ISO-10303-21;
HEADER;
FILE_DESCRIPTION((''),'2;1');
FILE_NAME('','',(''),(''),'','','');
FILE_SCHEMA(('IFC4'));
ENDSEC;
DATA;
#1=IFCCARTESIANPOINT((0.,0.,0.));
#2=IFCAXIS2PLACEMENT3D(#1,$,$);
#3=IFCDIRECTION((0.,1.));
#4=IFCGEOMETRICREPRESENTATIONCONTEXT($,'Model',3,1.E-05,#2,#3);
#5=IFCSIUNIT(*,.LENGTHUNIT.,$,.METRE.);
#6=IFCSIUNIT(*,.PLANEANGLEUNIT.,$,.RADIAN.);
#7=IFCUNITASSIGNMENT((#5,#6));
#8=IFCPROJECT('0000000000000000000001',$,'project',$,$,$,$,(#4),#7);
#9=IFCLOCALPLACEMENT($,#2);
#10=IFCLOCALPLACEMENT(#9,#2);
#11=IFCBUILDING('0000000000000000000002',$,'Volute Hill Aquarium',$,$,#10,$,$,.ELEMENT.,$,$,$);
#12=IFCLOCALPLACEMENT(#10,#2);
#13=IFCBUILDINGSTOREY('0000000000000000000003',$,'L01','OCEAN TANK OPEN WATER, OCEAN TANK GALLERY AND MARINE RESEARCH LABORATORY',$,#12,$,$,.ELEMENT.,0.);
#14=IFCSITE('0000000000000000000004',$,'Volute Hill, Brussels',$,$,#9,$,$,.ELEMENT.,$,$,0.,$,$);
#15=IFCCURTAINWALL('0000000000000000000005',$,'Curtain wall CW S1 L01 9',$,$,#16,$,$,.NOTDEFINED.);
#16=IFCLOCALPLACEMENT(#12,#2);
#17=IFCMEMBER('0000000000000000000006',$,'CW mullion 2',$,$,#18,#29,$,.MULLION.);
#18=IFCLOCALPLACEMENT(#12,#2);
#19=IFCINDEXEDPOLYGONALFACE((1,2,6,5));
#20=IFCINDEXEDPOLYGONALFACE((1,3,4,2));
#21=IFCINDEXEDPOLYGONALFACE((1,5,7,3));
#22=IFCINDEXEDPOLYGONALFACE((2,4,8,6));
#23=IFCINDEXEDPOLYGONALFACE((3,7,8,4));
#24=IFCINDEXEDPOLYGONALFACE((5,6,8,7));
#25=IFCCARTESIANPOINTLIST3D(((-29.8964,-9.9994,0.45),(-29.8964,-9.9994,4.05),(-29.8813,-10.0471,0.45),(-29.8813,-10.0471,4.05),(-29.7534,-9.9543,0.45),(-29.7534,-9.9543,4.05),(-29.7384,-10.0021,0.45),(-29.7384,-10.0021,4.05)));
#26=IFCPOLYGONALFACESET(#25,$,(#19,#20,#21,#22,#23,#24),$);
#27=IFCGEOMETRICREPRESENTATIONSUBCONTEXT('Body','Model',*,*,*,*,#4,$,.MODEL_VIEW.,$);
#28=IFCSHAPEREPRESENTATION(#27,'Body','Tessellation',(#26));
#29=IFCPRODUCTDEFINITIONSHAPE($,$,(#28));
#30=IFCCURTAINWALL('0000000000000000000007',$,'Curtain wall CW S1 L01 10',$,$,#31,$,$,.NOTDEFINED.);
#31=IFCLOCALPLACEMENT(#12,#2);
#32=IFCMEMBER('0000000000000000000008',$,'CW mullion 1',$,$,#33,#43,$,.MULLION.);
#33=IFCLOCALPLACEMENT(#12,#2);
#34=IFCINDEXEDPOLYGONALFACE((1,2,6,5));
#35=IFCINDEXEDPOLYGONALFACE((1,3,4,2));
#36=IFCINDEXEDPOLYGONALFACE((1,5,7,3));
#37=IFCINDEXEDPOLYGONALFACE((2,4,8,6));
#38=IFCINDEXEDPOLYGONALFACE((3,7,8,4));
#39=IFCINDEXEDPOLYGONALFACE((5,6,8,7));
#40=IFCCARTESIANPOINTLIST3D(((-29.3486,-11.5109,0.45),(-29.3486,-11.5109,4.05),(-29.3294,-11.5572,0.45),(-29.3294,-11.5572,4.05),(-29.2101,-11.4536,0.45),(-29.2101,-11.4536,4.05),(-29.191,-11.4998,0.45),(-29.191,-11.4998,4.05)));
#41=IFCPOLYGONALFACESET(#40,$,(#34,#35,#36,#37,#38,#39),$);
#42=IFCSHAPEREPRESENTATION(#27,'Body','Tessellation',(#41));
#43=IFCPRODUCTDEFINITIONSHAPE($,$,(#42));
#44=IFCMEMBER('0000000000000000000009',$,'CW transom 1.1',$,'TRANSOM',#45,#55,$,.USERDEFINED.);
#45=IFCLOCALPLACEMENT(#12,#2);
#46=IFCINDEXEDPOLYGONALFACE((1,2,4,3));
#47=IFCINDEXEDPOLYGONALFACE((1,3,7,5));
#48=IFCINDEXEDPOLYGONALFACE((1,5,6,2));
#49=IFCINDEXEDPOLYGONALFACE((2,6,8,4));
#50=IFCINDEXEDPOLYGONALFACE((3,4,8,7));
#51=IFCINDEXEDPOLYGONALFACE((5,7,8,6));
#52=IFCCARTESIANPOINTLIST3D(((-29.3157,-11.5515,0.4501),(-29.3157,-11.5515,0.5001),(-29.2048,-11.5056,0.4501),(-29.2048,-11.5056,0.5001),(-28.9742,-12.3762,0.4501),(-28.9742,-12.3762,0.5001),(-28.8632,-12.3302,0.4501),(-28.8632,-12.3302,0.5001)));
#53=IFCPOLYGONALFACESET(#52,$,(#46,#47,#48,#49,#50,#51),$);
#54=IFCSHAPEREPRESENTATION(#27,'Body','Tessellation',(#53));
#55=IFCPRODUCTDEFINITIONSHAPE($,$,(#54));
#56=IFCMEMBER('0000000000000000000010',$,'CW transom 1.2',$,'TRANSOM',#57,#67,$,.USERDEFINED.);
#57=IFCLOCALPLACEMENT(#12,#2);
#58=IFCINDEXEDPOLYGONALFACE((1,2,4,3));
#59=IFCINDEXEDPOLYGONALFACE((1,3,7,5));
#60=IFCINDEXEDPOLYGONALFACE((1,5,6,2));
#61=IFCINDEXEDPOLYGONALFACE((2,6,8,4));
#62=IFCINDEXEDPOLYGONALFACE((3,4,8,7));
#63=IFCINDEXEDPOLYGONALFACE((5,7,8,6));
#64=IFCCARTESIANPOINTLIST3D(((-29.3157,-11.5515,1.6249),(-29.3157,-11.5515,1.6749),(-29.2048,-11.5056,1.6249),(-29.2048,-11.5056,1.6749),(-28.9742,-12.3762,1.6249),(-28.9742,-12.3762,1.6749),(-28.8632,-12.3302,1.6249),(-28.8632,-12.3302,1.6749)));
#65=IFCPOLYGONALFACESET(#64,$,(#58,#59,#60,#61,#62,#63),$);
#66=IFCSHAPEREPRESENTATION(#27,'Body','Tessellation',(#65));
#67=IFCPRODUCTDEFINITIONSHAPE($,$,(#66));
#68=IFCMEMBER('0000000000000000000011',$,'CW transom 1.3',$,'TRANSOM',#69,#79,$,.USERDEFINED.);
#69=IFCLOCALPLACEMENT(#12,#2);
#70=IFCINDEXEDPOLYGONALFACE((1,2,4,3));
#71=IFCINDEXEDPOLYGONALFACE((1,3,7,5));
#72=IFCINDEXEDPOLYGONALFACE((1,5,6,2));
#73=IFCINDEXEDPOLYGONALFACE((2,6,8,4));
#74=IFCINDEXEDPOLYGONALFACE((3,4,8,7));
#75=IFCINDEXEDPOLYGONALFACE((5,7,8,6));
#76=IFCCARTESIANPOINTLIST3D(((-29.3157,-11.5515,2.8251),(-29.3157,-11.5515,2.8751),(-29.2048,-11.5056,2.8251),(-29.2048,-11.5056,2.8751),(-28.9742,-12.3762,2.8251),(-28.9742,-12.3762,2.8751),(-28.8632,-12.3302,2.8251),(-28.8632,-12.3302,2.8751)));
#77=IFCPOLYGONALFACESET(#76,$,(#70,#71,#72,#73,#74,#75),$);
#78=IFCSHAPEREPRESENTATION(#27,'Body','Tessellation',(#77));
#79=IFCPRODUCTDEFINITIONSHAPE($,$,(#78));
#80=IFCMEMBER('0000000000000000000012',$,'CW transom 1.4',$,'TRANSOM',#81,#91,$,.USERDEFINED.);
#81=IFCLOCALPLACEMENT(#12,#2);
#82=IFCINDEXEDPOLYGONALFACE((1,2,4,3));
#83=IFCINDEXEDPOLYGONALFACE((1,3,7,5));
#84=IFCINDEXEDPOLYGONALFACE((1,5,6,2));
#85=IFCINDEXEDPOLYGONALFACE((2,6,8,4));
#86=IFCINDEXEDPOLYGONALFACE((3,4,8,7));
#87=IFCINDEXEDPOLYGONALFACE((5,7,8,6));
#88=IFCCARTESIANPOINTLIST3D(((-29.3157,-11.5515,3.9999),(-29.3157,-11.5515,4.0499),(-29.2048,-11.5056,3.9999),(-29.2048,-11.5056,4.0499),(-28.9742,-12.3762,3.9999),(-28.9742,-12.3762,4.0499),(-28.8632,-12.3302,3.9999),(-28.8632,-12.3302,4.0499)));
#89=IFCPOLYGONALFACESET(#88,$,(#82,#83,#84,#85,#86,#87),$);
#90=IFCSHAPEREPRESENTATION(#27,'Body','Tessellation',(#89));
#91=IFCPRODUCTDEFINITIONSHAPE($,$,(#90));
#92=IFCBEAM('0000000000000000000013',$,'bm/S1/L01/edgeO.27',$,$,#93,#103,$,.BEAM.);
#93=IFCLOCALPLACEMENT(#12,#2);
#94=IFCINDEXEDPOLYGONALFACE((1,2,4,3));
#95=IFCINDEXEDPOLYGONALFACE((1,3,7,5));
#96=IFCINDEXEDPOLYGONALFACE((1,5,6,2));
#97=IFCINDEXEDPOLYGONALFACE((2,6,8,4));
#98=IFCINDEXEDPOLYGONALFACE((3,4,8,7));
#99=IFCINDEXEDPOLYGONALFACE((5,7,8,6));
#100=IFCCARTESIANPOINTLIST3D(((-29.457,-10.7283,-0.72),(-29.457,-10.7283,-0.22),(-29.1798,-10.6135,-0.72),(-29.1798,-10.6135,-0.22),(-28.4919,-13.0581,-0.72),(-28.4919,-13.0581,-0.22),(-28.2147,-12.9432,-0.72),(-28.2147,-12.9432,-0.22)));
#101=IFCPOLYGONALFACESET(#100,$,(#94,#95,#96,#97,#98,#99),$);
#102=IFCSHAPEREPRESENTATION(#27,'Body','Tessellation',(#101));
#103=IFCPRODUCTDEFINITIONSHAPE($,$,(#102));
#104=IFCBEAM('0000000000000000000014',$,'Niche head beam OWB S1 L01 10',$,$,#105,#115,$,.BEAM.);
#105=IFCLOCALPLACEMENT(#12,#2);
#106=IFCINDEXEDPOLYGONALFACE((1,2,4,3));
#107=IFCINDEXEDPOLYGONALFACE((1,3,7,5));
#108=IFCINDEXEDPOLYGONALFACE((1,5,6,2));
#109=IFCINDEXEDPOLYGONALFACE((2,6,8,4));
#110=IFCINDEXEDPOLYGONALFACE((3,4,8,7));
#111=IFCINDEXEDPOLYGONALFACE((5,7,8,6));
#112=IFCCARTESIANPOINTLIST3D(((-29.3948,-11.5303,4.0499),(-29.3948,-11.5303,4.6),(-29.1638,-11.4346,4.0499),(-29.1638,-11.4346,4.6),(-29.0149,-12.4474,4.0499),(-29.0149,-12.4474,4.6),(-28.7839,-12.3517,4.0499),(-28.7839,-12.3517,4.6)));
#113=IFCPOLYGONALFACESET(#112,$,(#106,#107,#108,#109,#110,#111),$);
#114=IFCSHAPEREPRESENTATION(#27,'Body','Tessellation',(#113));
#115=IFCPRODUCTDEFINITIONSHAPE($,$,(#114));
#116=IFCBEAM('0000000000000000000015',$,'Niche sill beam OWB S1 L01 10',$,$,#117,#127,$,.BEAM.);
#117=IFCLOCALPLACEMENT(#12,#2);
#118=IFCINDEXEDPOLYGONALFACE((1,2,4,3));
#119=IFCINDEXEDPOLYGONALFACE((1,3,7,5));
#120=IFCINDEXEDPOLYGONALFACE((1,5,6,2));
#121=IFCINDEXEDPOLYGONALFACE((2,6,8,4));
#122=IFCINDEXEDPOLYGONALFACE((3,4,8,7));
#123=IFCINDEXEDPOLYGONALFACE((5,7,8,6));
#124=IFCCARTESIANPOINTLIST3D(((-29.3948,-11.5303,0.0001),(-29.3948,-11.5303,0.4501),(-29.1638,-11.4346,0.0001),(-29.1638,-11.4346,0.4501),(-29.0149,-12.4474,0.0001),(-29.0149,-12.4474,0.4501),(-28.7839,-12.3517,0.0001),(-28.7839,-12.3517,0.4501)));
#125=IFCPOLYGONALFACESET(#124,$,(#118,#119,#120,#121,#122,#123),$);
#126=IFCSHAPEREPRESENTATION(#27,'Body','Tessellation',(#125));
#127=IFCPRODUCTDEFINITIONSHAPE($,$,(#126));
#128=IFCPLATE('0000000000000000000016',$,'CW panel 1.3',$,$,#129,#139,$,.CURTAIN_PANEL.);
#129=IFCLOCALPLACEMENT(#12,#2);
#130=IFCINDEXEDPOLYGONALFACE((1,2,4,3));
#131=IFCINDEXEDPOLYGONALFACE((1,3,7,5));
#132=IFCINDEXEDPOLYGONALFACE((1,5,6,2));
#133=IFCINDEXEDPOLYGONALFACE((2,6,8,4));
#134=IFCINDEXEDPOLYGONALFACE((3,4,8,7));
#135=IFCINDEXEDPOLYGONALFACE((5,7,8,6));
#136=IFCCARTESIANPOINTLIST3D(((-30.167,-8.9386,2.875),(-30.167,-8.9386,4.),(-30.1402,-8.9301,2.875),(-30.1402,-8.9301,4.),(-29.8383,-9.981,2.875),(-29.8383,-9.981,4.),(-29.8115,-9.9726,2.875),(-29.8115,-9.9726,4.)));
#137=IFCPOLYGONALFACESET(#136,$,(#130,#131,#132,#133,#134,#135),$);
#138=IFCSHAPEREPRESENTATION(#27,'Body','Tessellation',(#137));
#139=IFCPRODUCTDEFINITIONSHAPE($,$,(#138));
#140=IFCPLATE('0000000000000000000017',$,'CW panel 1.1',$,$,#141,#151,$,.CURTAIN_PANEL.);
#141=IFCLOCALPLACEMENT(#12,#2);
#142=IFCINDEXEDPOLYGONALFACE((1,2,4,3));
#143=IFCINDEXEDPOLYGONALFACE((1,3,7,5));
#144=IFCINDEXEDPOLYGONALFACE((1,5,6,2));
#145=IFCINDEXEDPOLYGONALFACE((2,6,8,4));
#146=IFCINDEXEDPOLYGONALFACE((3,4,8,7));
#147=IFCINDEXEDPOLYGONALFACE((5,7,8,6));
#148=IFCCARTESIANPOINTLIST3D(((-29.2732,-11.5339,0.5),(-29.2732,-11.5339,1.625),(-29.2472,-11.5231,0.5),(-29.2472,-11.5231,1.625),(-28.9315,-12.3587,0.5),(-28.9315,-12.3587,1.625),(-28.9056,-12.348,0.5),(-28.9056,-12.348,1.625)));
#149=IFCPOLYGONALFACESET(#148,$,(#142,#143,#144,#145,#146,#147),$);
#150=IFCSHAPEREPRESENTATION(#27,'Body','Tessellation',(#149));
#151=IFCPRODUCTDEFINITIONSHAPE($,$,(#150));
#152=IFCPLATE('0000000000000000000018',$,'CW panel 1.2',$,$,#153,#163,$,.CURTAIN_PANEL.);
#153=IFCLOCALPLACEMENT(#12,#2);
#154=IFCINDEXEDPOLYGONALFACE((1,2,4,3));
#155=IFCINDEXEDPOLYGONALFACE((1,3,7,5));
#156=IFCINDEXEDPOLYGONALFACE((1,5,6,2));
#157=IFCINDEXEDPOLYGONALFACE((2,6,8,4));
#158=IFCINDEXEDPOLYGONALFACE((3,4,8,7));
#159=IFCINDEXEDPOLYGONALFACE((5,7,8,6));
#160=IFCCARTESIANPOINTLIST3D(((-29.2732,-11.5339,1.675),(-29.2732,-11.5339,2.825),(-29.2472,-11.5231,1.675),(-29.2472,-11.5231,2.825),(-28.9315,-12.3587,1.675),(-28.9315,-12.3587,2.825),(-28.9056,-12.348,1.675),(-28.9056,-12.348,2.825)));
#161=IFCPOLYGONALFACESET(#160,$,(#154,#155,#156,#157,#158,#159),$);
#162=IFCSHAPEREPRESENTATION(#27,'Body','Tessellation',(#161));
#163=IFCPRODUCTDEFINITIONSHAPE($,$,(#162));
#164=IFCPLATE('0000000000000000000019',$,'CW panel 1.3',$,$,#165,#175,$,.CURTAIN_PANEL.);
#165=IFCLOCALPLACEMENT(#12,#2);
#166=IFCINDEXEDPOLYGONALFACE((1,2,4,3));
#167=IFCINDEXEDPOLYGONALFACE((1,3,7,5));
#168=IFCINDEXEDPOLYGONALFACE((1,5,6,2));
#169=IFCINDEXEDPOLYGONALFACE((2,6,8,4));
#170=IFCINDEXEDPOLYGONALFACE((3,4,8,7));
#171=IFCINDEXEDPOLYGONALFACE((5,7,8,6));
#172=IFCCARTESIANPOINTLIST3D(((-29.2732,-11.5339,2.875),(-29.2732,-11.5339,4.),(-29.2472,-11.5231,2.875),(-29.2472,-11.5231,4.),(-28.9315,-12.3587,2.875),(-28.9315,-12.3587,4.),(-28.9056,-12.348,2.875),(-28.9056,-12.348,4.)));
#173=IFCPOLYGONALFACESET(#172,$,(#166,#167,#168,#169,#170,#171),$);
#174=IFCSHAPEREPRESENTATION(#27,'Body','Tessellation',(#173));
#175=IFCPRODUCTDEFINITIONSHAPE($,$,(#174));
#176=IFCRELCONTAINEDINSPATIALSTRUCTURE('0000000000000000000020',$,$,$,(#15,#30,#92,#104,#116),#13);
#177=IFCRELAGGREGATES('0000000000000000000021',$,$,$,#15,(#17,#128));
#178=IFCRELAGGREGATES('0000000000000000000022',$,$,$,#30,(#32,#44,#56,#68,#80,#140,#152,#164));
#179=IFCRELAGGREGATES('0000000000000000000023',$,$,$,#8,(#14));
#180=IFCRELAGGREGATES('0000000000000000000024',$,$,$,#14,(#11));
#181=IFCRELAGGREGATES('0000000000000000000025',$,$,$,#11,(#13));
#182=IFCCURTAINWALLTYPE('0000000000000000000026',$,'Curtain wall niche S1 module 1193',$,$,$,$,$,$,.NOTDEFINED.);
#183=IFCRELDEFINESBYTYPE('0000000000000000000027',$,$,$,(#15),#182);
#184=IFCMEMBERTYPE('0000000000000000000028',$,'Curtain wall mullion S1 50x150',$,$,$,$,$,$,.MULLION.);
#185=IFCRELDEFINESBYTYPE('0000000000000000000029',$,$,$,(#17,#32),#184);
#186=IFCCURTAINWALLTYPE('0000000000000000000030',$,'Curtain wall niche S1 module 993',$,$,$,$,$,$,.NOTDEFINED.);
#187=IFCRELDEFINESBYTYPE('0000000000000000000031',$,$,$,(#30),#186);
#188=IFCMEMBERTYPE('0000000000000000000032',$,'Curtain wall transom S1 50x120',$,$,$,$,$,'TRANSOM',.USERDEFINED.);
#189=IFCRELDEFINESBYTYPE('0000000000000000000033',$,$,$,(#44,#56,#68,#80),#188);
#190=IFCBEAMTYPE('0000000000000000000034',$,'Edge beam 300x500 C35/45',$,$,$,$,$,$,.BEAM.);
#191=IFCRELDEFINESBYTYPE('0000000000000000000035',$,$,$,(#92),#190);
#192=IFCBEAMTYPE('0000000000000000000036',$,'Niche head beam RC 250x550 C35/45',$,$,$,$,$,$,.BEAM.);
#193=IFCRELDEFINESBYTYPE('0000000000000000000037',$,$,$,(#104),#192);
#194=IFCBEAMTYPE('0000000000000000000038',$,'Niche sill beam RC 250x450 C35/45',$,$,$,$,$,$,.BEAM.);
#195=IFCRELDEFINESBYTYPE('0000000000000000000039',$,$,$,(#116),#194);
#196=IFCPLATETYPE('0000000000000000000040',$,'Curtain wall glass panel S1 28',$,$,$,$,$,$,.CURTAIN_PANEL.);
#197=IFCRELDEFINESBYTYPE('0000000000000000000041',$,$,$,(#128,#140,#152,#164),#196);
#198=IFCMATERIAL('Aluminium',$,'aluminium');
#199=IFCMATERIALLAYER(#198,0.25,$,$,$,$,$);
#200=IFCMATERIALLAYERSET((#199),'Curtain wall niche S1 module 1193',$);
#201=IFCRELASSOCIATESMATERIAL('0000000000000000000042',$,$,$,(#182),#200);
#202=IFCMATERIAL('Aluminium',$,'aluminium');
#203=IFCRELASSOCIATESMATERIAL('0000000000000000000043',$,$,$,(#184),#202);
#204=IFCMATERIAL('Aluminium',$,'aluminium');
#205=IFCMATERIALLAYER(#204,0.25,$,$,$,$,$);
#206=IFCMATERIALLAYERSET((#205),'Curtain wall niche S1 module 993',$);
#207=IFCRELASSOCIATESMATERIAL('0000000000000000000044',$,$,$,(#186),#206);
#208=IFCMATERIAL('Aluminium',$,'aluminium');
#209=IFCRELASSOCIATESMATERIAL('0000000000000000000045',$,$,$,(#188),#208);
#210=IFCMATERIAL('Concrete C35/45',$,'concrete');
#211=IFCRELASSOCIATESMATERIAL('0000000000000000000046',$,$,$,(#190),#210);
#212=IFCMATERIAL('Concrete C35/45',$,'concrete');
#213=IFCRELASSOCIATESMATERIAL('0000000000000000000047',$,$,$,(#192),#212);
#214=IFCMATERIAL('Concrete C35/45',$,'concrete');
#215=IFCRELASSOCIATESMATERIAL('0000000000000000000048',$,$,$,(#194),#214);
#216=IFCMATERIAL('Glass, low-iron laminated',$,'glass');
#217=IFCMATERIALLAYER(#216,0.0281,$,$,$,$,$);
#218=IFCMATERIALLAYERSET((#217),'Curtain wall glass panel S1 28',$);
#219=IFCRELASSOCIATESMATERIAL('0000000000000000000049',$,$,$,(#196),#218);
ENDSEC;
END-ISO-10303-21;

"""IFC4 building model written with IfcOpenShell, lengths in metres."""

from ifc_helpers import new_model, si_unit, direction, frame, origin, origin_2d, place, context, subcontext, project, spatial, rectangle, extrude, material, layer, layer_set, material_profile, profile_set, type_object, element, aggregate, save


model = new_model("IFC4")

# Units and contexts
model_context = context("Model", 3, precision=1e-05, world=origin(), true_north=direction((0.0, 1.0)))
body_context = subcontext(model_context, "Body", "Model", "MODEL_VIEW")
ifc_project = project(units=[si_unit("LENGTHUNIT", "METRE"), si_unit("PLANEANGLEUNIT", "RADIAN")], contexts=[model_context])

# Site, building, storey
site_placement = place(None, origin())
site = spatial("IfcSite", under=ifc_project, at=site_placement, Name="Volute Hill, Brussels", CompositionType="ELEMENT", RefElevation=0.0)
building_placement = place(site_placement, origin())
building = spatial("IfcBuilding", under=site, at=building_placement, Name="Volute Hill Aquarium", CompositionType="ELEMENT")
storey_placement = place(building_placement, origin())
storey = spatial("IfcBuildingStorey", under=building, at=storey_placement, Name="L01", Description="OCEAN TANK OPEN WATER, OCEAN TANK GALLERY AND MARINE RESEARCH LABORATORY", CompositionType="ELEMENT", Elevation=0.0)

# Curtain wall, member
ifc_material_1 = material(Name="Aluminium", Category="aluminium")
ifc_layer_1 = layer(ifc_material_1, 0.25)
ifc_layer_set_1 = layer_set([ifc_layer_1], Name="Curtain wall niche S1 module 1193")
curtain_wall_type_1 = type_object("IfcCurtainWallType", Name="Curtain wall niche S1 module 1193", PredefinedType="NOTDEFINED", material=ifc_layer_set_1)
curtain_wall_1_placement = place(storey_placement, origin())
curtain_wall_1 = element("IfcCurtainWall", 1, at=curtain_wall_1_placement, inside=storey, type_object=curtain_wall_type_1, Name="Curtain wall CW S1 L01 9", PredefinedType="NOTDEFINED")
ifc_material_2 = material(Name="Aluminium", Category="aluminium")
ifc_material_profile_1 = material_profile(ifc_material_2, rectangle(XDim=0.1499, YDim=0.05, at=origin_2d()), Name="Curtain wall mullion S1 50x150")
ifc_profile_set_1 = profile_set([ifc_material_profile_1], Name="Aluminium")
member_type_1 = type_object("IfcMemberType", Name="Curtain wall mullion S1 50x150", PredefinedType="MULLION", material=ifc_profile_set_1)
member_1_placement = place(storey_placement, frame((-29.8174, -10.0007, 0.45), z_axis=(0.0, 0.0, 1.0), x_axis=(0.953719, 0.3007, 0.0)))
member_1 = element("IfcMember", 2, at=member_1_placement, type_object=member_type_1, Name="CW mullion 2", PredefinedType="MULLION", context=body_context, shape_type="SweptSolid", body=[
    extrude(rectangle(XDim=0.1499, YDim=0.05, at=origin_2d()), origin(), (0.0, 0.0, 1.0), 3.6001),
])

# Curtain wall, members
ifc_material_3 = material(Name="Aluminium", Category="aluminium")
ifc_layer_2 = layer(ifc_material_3, 0.25)
ifc_layer_set_2 = layer_set([ifc_layer_2], Name="Curtain wall niche S1 module 993")
curtain_wall_type_2 = type_object("IfcCurtainWallType", Name="Curtain wall niche S1 module 993", PredefinedType="NOTDEFINED", material=ifc_layer_set_2)
curtain_wall_2_placement = place(storey_placement, origin())
curtain_wall_2 = element("IfcCurtainWall", 3, at=curtain_wall_2_placement, inside=storey, type_object=curtain_wall_type_2, Name="Curtain wall CW S1 L01 10", PredefinedType="NOTDEFINED")
member_2_placement = place(storey_placement, frame((-29.2698, -11.5054, 0.45), z_axis=(0.0, 0.0, 1.0), x_axis=(0.923885, 0.38267, 0.0)))
member_2 = element("IfcMember", 4, at=member_2_placement, type_object=member_type_1, Name="CW mullion 1", PredefinedType="MULLION", context=body_context, shape_type="SweptSolid", body=[
    extrude(rectangle(XDim=0.1499, YDim=0.05, at=origin_2d()), origin(), (0.0, 0.0, 1.0), 3.6001),
])
ifc_material_4 = material(Name="Aluminium", Category="aluminium")
ifc_material_profile_2 = material_profile(ifc_material_4, rectangle(XDim=0.1201, YDim=0.05, at=origin_2d()), Name="Curtain wall transom S1 50x120")
ifc_profile_set_2 = profile_set([ifc_material_profile_2], Name="Aluminium")
member_type_2 = type_object("IfcMemberType", Name="Curtain wall transom S1 50x120", ElementType="TRANSOM", PredefinedType="USERDEFINED", material=ifc_profile_set_2)
member_3_placement = place(storey_placement, frame((-29.2603, -11.5286, 0.4751), z_axis=(0.382634, -0.9239, 0.0), x_axis=(0.9239, 0.382634, 0.0)))
member_3 = element("IfcMember", 5, at=member_3_placement, type_object=member_type_2, Name="CW transom 1.1", ObjectType="TRANSOM", PredefinedType="USERDEFINED", context=body_context, shape_type="SweptSolid", body=[
    extrude(rectangle(XDim=0.1201, YDim=0.05, at=origin_2d()), origin(), (0.0, 0.0, 1.0), 0.8926),
])
member_4_placement = place(storey_placement, frame((-29.2603, -11.5286, 1.6499), z_axis=(0.382634, -0.9239, 0.0), x_axis=(0.9239, 0.382634, 0.0)))
member_4 = element("IfcMember", 6, at=member_4_placement, type_object=member_type_2, Name="CW transom 1.2", ObjectType="TRANSOM", PredefinedType="USERDEFINED", context=body_context, shape_type="SweptSolid", body=[
    extrude(rectangle(XDim=0.1201, YDim=0.05, at=origin_2d()), origin(), (0.0, 0.0, 1.0), 0.8926),
])
member_5_placement = place(storey_placement, frame((-29.2603, -11.5286, 2.8501), z_axis=(0.382634, -0.9239, 0.0), x_axis=(0.9239, 0.382634, 0.0)))
member_5 = element("IfcMember", 7, at=member_5_placement, type_object=member_type_2, Name="CW transom 1.3", ObjectType="TRANSOM", PredefinedType="USERDEFINED", context=body_context, shape_type="SweptSolid", body=[
    extrude(rectangle(XDim=0.1201, YDim=0.05, at=origin_2d()), origin(), (0.0, 0.0, 1.0), 0.8926),
])
member_6_placement = place(storey_placement, frame((-29.2603, -11.5286, 4.0249), z_axis=(0.382634, -0.9239, 0.0), x_axis=(0.9239, 0.382634, 0.0)))
member_6 = element("IfcMember", 8, at=member_6_placement, type_object=member_type_2, Name="CW transom 1.4", ObjectType="TRANSOM", PredefinedType="USERDEFINED", context=body_context, shape_type="SweptSolid", body=[
    extrude(rectangle(XDim=0.1201, YDim=0.05, at=origin_2d()), origin(), (0.0, 0.0, 1.0), 0.8926),
])

# Beams
ifc_material_5 = material(Name="Concrete C35/45", Category="concrete")
ifc_material_profile_3 = material_profile(ifc_material_5, rectangle(XDim=0.3, YDim=0.5, at=origin_2d()), Name="RC edge beam 300x500")
ifc_profile_set_3 = profile_set([ifc_material_profile_3], Name="Concrete C35/45")
beam_type_1 = type_object("IfcBeamType", Name="Edge beam 300x500 C35/45", PredefinedType="BEAM", material=ifc_profile_set_3)
beam_1_placement = place(storey_placement, frame((-29.3184, -10.6709, -0.47), z_axis=(0.382697, -0.923874, 0.0), x_axis=(0.923874, 0.382697, 0.0)))
element("IfcBeam", 9, at=beam_1_placement, inside=storey, type_object=beam_type_1, Name="bm/S1/L01/edgeO.27", PredefinedType="BEAM", context=body_context, shape_type="SweptSolid", body=[
    extrude(rectangle(XDim=0.3, YDim=0.5, at=origin_2d()), origin(), (0.0, 0.0, 1.0), 2.5217),
])
ifc_material_6 = material(Name="Concrete C35/45", Category="concrete")
ifc_material_profile_4 = material_profile(ifc_material_6, rectangle(XDim=0.25, YDim=0.55, at=origin_2d()), Name="RC beam 250x550")
ifc_profile_set_4 = profile_set([ifc_material_profile_4], Name="Concrete C35/45")
beam_type_2 = type_object("IfcBeamType", Name="Niche head beam RC 250x550 C35/45", PredefinedType="BEAM", material=ifc_profile_set_4)
beam_2_placement = place(storey_placement, frame((-29.2793, -11.4824, 4.325), z_axis=(0.382728, -0.923861, 0.0), x_axis=(0.923861, 0.382728, 0.0)))
element("IfcBeam", 10, at=beam_2_placement, inside=storey, type_object=beam_type_2, Name="Niche head beam OWB S1 L01 10", PredefinedType="BEAM", context=body_context, shape_type="SweptSolid", body=[
    extrude(rectangle(XDim=0.25, YDim=0.55, at=origin_2d()), origin(), (0.0, 0.0, 1.0), 0.9927),
])
ifc_material_7 = material(Name="Concrete C35/45", Category="concrete")
ifc_material_profile_5 = material_profile(ifc_material_7, rectangle(XDim=0.25, YDim=0.45, at=origin_2d()), Name="RC beam 250x450")
ifc_profile_set_5 = profile_set([ifc_material_profile_5], Name="Concrete C35/45")
beam_type_3 = type_object("IfcBeamType", Name="Niche sill beam RC 250x450 C35/45", PredefinedType="BEAM", material=ifc_profile_set_5)
beam_3_placement = place(storey_placement, frame((-29.2793, -11.4824, 0.2251), z_axis=(0.382728, -0.923861, 0.0), x_axis=(0.923861, 0.382728, 0.0)))
element("IfcBeam", 11, at=beam_3_placement, inside=storey, type_object=beam_type_3, Name="Niche sill beam OWB S1 L01 10", PredefinedType="BEAM", context=body_context, shape_type="SweptSolid", body=[
    extrude(rectangle(XDim=0.25, YDim=0.45, at=origin_2d()), origin(), (0.0, 0.0, 1.0), 0.9927),
])

# Plates
ifc_material_8 = material(Name="Glass, low-iron laminated", Category="glass")
ifc_layer_3 = layer(ifc_material_8, 0.0281)
ifc_layer_set_3 = layer_set([ifc_layer_3], Name="Curtain wall glass panel S1 28")
plate_type = type_object("IfcPlateType", Name="Curtain wall glass panel S1 28", PredefinedType="CURTAIN_PANEL", material=ifc_layer_set_3)
plate_1_placement = place(storey_placement, frame((-29.9893, -9.4556, 2.875), z_axis=(0.0, 0.0, 1.0), x_axis=(0.3007, -0.953719, 0.0)))
plate_1 = element("IfcPlate", 12, at=plate_1_placement, type_object=plate_type, Name="CW panel 1.3", PredefinedType="CURTAIN_PANEL", context=body_context, shape_type="SweptSolid", body=[
    extrude(rectangle(XDim=1.093, YDim=0.0281, at=origin_2d()), origin(), (0.0, 0.0, 1.0), 1.125),
])
aggregate(curtain_wall_1, [member_1, plate_1])
plate_2_placement = place(storey_placement, frame((-29.0894, -11.9409, 0.5), z_axis=(0.0, 0.0, 1.0), x_axis=(0.38267, -0.923885, 0.0)))
plate_2 = element("IfcPlate", 13, at=plate_2_placement, type_object=plate_type, Name="CW panel 1.1", PredefinedType="CURTAIN_PANEL", context=body_context, shape_type="SweptSolid", body=[
    extrude(rectangle(XDim=0.8928, YDim=0.0281, at=origin_2d()), origin(), (0.0, 0.0, 1.0), 1.125),
])
plate_3_placement = place(storey_placement, frame((-29.0894, -11.9409, 1.675), z_axis=(0.0, 0.0, 1.0), x_axis=(0.38267, -0.923885, 0.0)))
plate_3 = element("IfcPlate", 14, at=plate_3_placement, type_object=plate_type, Name="CW panel 1.2", PredefinedType="CURTAIN_PANEL", context=body_context, shape_type="SweptSolid", body=[
    extrude(rectangle(XDim=0.8928, YDim=0.0281, at=origin_2d()), origin(), (0.0, 0.0, 1.0), 1.1499),
])
plate_4_placement = place(storey_placement, frame((-29.0894, -11.9409, 2.875), z_axis=(0.0, 0.0, 1.0), x_axis=(0.38267, -0.923885, 0.0)))
plate_4 = element("IfcPlate", 15, at=plate_4_placement, type_object=plate_type, Name="CW panel 1.3", PredefinedType="CURTAIN_PANEL", context=body_context, shape_type="SweptSolid", body=[
    extrude(rectangle(XDim=0.8928, YDim=0.0281, at=origin_2d()), origin(), (0.0, 0.0, 1.0), 1.125),
])
aggregate(curtain_wall_2, [member_2, member_3, member_4, member_5, member_6, plate_2, plate_3, plate_4])

save(model, "model.ifc")
